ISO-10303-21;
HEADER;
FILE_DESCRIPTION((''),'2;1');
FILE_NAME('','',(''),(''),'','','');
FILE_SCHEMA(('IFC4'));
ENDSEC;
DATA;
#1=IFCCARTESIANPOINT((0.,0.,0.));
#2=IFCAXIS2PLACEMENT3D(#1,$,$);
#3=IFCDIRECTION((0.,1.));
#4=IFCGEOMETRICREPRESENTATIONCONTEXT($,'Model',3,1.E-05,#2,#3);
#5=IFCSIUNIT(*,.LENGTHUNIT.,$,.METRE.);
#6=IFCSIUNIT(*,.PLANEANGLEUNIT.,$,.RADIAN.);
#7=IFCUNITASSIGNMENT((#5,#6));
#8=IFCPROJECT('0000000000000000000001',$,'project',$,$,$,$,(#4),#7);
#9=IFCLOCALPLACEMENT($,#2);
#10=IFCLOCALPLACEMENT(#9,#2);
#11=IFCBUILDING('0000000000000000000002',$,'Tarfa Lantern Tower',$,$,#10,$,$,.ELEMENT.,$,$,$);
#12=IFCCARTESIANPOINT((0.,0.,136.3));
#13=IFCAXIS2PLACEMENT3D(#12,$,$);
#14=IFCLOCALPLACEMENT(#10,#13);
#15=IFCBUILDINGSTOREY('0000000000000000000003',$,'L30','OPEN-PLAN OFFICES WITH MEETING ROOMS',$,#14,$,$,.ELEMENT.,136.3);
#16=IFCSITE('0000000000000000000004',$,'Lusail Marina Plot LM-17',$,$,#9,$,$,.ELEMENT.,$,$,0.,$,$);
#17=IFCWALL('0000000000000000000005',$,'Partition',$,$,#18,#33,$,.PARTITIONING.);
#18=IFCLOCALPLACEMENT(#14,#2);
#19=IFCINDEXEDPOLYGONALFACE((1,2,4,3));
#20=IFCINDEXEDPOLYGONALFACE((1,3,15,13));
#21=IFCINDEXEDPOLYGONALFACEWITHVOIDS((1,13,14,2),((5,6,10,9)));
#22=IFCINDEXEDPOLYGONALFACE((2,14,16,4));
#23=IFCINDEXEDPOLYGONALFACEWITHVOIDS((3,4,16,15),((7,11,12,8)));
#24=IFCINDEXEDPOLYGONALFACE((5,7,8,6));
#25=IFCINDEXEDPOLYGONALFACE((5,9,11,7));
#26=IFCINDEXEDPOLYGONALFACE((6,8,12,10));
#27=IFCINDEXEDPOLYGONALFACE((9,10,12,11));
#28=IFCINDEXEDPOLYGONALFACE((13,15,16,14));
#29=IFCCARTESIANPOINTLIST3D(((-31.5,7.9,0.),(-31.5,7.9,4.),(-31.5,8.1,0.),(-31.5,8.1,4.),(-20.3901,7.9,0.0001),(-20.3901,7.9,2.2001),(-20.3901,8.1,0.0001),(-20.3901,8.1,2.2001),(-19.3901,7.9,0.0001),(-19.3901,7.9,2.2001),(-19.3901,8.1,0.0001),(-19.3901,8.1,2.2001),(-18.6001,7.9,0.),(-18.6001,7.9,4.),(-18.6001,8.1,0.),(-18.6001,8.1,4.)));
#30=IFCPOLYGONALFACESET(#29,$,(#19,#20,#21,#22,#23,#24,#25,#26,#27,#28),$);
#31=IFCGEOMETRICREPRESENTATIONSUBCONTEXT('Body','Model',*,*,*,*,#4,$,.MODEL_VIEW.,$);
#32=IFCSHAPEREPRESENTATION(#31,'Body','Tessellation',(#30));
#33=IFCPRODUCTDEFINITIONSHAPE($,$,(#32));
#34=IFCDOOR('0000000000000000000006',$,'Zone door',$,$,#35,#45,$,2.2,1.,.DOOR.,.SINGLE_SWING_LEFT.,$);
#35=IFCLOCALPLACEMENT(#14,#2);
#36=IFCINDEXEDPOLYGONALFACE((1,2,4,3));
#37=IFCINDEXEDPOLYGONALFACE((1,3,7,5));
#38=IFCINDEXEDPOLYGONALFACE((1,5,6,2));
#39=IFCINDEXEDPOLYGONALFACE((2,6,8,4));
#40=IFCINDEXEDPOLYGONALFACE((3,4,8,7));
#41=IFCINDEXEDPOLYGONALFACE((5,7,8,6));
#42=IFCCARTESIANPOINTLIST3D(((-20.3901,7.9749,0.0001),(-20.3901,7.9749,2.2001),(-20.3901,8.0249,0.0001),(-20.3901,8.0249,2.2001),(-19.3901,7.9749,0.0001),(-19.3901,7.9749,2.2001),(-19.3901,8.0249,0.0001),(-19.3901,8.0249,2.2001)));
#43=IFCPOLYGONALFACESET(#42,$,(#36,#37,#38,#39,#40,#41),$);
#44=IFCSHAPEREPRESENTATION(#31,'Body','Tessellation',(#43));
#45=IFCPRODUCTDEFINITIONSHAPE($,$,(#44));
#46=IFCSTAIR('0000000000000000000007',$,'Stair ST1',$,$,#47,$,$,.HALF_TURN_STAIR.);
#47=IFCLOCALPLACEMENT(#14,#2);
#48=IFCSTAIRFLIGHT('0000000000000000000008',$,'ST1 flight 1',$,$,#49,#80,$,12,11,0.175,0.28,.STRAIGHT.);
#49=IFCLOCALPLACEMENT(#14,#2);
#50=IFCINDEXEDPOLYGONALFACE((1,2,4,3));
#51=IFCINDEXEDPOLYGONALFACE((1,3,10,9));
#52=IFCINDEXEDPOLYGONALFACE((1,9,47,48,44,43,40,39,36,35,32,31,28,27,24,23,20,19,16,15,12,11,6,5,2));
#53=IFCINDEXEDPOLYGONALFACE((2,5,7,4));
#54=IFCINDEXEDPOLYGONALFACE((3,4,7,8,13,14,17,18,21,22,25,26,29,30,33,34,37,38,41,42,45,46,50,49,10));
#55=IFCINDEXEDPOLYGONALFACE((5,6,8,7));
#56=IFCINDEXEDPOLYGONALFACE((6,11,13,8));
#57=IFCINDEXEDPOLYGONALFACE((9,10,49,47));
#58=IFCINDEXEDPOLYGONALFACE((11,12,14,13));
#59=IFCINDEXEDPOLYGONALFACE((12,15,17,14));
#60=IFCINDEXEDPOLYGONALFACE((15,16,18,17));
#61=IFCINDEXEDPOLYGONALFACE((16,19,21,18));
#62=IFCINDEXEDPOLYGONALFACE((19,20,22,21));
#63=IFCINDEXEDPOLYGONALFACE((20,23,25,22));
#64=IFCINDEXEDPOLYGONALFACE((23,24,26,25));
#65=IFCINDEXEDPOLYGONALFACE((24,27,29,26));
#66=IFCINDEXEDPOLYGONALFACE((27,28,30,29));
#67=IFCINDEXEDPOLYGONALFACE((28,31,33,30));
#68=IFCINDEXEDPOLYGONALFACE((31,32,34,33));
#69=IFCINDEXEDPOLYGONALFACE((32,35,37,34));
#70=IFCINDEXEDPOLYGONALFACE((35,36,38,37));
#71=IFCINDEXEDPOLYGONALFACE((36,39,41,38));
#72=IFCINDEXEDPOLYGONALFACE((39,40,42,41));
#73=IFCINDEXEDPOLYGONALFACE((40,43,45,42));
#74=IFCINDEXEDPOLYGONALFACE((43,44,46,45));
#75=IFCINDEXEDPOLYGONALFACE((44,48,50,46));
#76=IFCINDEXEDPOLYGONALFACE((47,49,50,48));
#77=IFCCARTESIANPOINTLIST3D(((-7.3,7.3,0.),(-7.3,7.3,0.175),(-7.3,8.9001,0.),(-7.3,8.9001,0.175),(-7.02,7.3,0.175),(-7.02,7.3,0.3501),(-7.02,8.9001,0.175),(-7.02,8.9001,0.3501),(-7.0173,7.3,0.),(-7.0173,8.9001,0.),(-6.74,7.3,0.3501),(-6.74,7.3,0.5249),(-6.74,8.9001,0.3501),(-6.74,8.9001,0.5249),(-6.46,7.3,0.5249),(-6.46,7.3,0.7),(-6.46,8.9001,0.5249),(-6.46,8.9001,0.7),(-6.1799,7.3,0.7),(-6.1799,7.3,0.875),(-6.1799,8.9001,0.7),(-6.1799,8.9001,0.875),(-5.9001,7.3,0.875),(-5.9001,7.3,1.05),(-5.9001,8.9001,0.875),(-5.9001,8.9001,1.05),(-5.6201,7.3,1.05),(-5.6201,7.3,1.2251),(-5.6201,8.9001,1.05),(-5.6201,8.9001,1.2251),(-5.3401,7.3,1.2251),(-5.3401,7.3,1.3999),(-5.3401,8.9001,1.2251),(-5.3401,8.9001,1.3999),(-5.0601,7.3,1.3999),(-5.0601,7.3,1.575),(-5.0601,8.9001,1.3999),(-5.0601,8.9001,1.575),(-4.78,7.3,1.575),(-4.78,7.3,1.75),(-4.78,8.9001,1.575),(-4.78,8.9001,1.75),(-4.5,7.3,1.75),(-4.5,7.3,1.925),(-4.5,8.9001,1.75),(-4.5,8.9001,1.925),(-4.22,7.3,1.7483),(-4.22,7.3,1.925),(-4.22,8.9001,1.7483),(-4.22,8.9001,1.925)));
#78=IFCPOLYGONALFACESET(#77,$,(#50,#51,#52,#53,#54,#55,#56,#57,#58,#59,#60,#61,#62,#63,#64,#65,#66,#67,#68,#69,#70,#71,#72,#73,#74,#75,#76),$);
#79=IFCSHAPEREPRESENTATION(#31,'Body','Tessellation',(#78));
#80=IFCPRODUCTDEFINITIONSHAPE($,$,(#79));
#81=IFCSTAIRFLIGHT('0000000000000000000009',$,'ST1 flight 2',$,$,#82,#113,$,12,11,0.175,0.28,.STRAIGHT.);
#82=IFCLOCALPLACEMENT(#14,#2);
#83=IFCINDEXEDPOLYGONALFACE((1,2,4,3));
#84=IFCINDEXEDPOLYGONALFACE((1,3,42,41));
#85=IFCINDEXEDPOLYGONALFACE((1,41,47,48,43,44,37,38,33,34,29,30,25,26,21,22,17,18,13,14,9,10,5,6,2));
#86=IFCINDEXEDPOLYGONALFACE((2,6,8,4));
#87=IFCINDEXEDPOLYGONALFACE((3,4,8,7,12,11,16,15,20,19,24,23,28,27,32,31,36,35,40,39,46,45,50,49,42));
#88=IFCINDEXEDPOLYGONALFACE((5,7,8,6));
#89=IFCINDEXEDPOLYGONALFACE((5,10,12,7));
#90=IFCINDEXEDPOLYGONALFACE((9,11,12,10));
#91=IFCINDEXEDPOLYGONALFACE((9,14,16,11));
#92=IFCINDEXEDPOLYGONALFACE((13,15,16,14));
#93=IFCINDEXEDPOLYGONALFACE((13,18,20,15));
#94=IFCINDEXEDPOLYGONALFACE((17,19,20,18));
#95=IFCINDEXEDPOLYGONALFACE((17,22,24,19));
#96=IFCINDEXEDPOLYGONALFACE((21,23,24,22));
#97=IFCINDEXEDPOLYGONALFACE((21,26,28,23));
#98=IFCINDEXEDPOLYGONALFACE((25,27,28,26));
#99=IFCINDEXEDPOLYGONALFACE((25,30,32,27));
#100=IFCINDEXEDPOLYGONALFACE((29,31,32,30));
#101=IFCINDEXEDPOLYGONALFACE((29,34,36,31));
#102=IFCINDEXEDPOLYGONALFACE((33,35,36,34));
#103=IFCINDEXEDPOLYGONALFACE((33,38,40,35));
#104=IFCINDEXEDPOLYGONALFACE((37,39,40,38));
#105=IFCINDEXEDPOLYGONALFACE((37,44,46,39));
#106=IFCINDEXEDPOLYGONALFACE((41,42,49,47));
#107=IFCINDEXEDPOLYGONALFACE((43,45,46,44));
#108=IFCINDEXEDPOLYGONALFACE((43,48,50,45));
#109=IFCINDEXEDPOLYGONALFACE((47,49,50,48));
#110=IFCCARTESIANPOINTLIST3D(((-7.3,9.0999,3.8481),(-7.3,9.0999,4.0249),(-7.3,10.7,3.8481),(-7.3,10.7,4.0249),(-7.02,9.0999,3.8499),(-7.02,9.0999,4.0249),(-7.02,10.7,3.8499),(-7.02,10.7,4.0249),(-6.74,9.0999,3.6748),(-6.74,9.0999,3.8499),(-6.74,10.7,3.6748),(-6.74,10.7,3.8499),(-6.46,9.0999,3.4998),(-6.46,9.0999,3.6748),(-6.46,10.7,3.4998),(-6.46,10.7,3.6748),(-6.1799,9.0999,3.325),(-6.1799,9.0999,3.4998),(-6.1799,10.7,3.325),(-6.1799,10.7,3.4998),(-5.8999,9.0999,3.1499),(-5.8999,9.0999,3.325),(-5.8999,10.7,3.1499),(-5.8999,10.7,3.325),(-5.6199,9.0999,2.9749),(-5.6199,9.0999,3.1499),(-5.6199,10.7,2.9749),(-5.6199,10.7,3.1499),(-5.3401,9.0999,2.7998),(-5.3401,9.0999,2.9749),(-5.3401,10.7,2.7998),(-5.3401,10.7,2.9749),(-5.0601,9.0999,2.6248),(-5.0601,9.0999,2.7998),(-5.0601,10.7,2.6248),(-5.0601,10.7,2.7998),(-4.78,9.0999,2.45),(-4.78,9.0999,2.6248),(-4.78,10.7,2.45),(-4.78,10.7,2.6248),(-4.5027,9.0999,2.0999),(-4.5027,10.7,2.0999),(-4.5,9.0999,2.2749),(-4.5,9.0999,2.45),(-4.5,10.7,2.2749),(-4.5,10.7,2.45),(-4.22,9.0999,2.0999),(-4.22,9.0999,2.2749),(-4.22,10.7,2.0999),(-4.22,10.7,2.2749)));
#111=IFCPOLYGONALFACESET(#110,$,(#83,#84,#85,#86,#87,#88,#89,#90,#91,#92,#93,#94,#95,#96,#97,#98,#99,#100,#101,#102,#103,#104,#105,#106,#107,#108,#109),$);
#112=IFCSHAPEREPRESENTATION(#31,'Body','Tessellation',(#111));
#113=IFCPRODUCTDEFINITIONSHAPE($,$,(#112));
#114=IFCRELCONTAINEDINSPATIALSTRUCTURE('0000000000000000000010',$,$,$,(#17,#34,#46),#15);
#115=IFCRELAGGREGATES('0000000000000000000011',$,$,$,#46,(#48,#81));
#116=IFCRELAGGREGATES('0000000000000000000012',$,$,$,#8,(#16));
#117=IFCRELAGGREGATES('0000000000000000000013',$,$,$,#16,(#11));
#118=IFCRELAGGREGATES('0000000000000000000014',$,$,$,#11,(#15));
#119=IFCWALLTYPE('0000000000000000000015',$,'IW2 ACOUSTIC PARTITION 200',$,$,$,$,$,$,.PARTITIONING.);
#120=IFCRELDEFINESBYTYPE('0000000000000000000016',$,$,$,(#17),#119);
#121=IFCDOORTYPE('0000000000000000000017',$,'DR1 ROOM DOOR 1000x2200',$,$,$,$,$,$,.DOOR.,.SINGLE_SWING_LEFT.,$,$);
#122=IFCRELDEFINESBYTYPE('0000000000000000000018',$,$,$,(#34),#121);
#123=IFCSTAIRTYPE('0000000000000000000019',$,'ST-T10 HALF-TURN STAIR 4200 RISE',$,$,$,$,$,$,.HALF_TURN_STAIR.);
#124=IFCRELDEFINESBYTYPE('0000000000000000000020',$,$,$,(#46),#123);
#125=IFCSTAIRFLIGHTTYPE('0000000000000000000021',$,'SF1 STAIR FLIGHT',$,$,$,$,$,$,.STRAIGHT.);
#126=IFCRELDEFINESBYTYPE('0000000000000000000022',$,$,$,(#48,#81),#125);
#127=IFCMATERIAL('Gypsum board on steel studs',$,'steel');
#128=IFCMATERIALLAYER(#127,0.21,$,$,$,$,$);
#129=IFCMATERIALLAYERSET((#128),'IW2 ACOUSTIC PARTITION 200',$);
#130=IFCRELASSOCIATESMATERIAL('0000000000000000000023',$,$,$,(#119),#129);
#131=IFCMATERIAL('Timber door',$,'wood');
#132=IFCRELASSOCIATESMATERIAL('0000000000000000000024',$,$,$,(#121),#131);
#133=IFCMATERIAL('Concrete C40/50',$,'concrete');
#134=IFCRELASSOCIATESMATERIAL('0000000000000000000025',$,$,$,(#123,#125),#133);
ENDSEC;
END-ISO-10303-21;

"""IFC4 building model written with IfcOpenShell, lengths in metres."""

from ifc_helpers import new_model, si_unit, direction, frame, frame_2d, origin, place, context, subcontext, project, spatial, polyline, rectangle, outline, extrude, material, layer, layer_set, type_object, element, fill, aggregate, save


model = new_model("IFC4")

# Units and contexts
model_context = context("Model", 3, precision=1e-05, world=origin(), true_north=direction((0.0, 1.0)))
body_context = subcontext(model_context, "Body", "Model", "MODEL_VIEW")
ifc_project = project(units=[si_unit("LENGTHUNIT", "METRE"), si_unit("PLANEANGLEUNIT", "RADIAN")], contexts=[model_context])

# Site, building, storey
site_placement = place(None, origin())
site = spatial("IfcSite", under=ifc_project, at=site_placement, Name="Lusail Marina Plot LM-17", CompositionType="ELEMENT", RefElevation=0.0)
building_placement = place(site_placement, origin())
building = spatial("IfcBuilding", under=site, at=building_placement, Name="Tarfa Lantern Tower", CompositionType="ELEMENT")
storey_placement = place(building_placement, frame((0.0, 0.0, 136.3)))
storey = spatial("IfcBuildingStorey", under=building, at=storey_placement, Name="L30", Description="OPEN-PLAN OFFICES WITH MEETING ROOMS", CompositionType="ELEMENT", Elevation=136.3)

# Shared definitions
ifc_material_1 = material(Name="Gypsum board on steel studs", Category="steel")
ifc_layer_1 = layer(ifc_material_1, 0.21)
ifc_layer_set_1 = layer_set([ifc_layer_1], Name="IW2 ACOUSTIC PARTITION 200")
wall_type_1 = type_object("IfcWallType", Name="IW2 ACOUSTIC PARTITION 200", PredefinedType="PARTITIONING", material=ifc_layer_set_1)

# Shared definitions
ifc_material_2 = material(Name="Timber door", Category="wood")

# Wall, opening, door
wall_1_placement = place(storey_placement, frame((-18.6001, 8.0, 0.0), z_axis=(0.0, 0.0, 1.0), x_axis=(-1.0, 0.0, 0.0)))
wall_1 = element("IfcWall", 1, at=wall_1_placement, inside=storey, type_object=wall_type_1, Name="Partition", PredefinedType="PARTITIONING", context=body_context, shape_type="SweptSolid", body=[
    extrude(rectangle(XDim=12.8999, YDim=0.2, at=frame_2d((6.45, 0.0))), origin(), (0.0, 0.0, 1.0), 4.0),
])
opening_1_placement = place(wall_1_placement, frame((0.79, 0.0, 0.0)))
opening_1 = element("IfcOpeningElement", 2, at=opening_1_placement, cuts=wall_1, PredefinedType="OPENING", context=body_context, shape_type="SweptSolid", body=[
    extrude(rectangle(XDim=1.0, YDim=2.2, at=frame_2d((0.5, 1.1001))), frame((0.0, 0.1099, 0.0), z_axis=(0.0, -1.0, 0.0), x_axis=(1.0, 0.0, 0.0)), (0.0, 0.0, 1.0), 0.22),
])
door_type_1 = type_object("IfcDoorType", Name="DR1 ROOM DOOR 1000x2200", OperationType="SINGLE_SWING_LEFT", PredefinedType="DOOR", material=ifc_material_2)
door_1_placement = place(opening_1_placement, frame((1.0, 0.0, 0.0), z_axis=(0.0, 0.0, 1.0), x_axis=(-1.0, 0.0, 0.0)))
door_1 = element("IfcDoor", 3, at=door_1_placement, inside=storey, type_object=door_type_1, Name="Zone door", OperationType="SINGLE_SWING_LEFT", OverallHeight=2.2, OverallWidth=1.0, PredefinedType="DOOR", context=body_context, shape_type="SweptSolid", body=[
    extrude(rectangle(XDim=1.0, YDim=2.2, at=frame_2d((0.5, 1.1001))), frame((0.0, 0.0249, 0.0), z_axis=(0.0, -1.0, 0.0), x_axis=(1.0, 0.0, 0.0)), (0.0, 0.0, 1.0), 0.05),
])
fill(opening_1, door_1)

# Stair, stair flights
ifc_material_3 = material(Name="Concrete C40/50", Category="concrete")
stair_type = type_object("IfcStairType", Name="ST-T10 HALF-TURN STAIR 4200 RISE", PredefinedType="HALF_TURN_STAIR", material=ifc_material_3)
stair_placement = place(storey_placement, origin())
stair = element("IfcStair", 4, at=stair_placement, inside=storey, type_object=stair_type, Name="Stair ST1", PredefinedType="HALF_TURN_STAIR")
stair_flight_type = type_object("IfcStairFlightType", Name="SF1 STAIR FLIGHT", PredefinedType="STRAIGHT", material=ifc_material_3)
stair_flight_1_placement = place(storey_placement, frame((-7.3, 8.1001, 0.0), z_axis=(0.0, 0.0, 1.0), x_axis=(1.0, 0.0, 0.0)))
stair_flight_1 = element("IfcStairFlight", 5, at=stair_flight_1_placement, type_object=stair_flight_type, Name="ST1 flight 1", NumberOfRisers=12, NumberOfTreads=11, PredefinedType="STRAIGHT", RiserHeight=0.175, TreadLength=0.28, context=body_context, shape_type="SweptSolid", body=[
    extrude(outline(polyline([(0.0, 0.0), (0.0, 0.175), (0.28, 0.175), (0.28, 0.3501), (0.5601, 0.3501), (0.5601, 0.5249), (0.8401, 0.5249), (0.8401, 0.7), (1.1201, 0.7), (1.1201, 0.875), (1.3999, 0.875), (1.3999, 1.05), (1.6799, 1.05), (1.6799, 1.2251), (1.96, 1.2251), (1.96, 1.3999), (2.24, 1.3999), (2.24, 1.575), (2.52, 1.575), (2.52, 1.75), (2.8, 1.75), (2.8, 1.925), (3.0801, 1.925), (3.0801, 2.1001), (3.0801, 1.7483), (0.2827, 0.0), (0.0, 0.0)])), frame((0.0, 0.8, 0.0), z_axis=(0.0, -1.0, 0.0), x_axis=(1.0, 0.0, 0.0)), (0.0, 0.0, 1.0), 1.6001),
])
stair_flight_2_placement = place(storey_placement, frame((-4.22, 9.8999, 2.0999), z_axis=(0.0, 0.0, 1.0), x_axis=(-1.0, 0.0, 0.0)))
stair_flight_2 = element("IfcStairFlight", 6, at=stair_flight_2_placement, type_object=stair_flight_type, Name="ST1 flight 2", NumberOfRisers=12, NumberOfTreads=11, PredefinedType="STRAIGHT", RiserHeight=0.175, TreadLength=0.28, context=body_context, shape_type="SweptSolid", body=[
    extrude(outline(polyline([(0.0, 0.0), (0.0, 0.175), (0.28, 0.175), (0.28, 0.3501), (0.5601, 0.3501), (0.5601, 0.5249), (0.8401, 0.5249), (0.8401, 0.7), (1.1201, 0.7), (1.1201, 0.875), (1.3999, 0.875), (1.3999, 1.05), (1.6799, 1.05), (1.6799, 1.2251), (1.96, 1.2251), (1.96, 1.3999), (2.24, 1.3999), (2.24, 1.575), (2.52, 1.575), (2.52, 1.75), (2.8, 1.75), (2.8, 1.925), (3.0801, 1.925), (3.0801, 2.1001), (3.0801, 1.7483), (0.2827, 0.0), (0.0, 0.0)])), frame((0.0, 0.8, 0.0), z_axis=(0.0, -1.0, 0.0), x_axis=(1.0, 0.0, 0.0)), (0.0, 0.0, 1.0), 1.6001),
])
aggregate(stair, [stair_flight_1, stair_flight_2])

save(model, "model.ifc")
